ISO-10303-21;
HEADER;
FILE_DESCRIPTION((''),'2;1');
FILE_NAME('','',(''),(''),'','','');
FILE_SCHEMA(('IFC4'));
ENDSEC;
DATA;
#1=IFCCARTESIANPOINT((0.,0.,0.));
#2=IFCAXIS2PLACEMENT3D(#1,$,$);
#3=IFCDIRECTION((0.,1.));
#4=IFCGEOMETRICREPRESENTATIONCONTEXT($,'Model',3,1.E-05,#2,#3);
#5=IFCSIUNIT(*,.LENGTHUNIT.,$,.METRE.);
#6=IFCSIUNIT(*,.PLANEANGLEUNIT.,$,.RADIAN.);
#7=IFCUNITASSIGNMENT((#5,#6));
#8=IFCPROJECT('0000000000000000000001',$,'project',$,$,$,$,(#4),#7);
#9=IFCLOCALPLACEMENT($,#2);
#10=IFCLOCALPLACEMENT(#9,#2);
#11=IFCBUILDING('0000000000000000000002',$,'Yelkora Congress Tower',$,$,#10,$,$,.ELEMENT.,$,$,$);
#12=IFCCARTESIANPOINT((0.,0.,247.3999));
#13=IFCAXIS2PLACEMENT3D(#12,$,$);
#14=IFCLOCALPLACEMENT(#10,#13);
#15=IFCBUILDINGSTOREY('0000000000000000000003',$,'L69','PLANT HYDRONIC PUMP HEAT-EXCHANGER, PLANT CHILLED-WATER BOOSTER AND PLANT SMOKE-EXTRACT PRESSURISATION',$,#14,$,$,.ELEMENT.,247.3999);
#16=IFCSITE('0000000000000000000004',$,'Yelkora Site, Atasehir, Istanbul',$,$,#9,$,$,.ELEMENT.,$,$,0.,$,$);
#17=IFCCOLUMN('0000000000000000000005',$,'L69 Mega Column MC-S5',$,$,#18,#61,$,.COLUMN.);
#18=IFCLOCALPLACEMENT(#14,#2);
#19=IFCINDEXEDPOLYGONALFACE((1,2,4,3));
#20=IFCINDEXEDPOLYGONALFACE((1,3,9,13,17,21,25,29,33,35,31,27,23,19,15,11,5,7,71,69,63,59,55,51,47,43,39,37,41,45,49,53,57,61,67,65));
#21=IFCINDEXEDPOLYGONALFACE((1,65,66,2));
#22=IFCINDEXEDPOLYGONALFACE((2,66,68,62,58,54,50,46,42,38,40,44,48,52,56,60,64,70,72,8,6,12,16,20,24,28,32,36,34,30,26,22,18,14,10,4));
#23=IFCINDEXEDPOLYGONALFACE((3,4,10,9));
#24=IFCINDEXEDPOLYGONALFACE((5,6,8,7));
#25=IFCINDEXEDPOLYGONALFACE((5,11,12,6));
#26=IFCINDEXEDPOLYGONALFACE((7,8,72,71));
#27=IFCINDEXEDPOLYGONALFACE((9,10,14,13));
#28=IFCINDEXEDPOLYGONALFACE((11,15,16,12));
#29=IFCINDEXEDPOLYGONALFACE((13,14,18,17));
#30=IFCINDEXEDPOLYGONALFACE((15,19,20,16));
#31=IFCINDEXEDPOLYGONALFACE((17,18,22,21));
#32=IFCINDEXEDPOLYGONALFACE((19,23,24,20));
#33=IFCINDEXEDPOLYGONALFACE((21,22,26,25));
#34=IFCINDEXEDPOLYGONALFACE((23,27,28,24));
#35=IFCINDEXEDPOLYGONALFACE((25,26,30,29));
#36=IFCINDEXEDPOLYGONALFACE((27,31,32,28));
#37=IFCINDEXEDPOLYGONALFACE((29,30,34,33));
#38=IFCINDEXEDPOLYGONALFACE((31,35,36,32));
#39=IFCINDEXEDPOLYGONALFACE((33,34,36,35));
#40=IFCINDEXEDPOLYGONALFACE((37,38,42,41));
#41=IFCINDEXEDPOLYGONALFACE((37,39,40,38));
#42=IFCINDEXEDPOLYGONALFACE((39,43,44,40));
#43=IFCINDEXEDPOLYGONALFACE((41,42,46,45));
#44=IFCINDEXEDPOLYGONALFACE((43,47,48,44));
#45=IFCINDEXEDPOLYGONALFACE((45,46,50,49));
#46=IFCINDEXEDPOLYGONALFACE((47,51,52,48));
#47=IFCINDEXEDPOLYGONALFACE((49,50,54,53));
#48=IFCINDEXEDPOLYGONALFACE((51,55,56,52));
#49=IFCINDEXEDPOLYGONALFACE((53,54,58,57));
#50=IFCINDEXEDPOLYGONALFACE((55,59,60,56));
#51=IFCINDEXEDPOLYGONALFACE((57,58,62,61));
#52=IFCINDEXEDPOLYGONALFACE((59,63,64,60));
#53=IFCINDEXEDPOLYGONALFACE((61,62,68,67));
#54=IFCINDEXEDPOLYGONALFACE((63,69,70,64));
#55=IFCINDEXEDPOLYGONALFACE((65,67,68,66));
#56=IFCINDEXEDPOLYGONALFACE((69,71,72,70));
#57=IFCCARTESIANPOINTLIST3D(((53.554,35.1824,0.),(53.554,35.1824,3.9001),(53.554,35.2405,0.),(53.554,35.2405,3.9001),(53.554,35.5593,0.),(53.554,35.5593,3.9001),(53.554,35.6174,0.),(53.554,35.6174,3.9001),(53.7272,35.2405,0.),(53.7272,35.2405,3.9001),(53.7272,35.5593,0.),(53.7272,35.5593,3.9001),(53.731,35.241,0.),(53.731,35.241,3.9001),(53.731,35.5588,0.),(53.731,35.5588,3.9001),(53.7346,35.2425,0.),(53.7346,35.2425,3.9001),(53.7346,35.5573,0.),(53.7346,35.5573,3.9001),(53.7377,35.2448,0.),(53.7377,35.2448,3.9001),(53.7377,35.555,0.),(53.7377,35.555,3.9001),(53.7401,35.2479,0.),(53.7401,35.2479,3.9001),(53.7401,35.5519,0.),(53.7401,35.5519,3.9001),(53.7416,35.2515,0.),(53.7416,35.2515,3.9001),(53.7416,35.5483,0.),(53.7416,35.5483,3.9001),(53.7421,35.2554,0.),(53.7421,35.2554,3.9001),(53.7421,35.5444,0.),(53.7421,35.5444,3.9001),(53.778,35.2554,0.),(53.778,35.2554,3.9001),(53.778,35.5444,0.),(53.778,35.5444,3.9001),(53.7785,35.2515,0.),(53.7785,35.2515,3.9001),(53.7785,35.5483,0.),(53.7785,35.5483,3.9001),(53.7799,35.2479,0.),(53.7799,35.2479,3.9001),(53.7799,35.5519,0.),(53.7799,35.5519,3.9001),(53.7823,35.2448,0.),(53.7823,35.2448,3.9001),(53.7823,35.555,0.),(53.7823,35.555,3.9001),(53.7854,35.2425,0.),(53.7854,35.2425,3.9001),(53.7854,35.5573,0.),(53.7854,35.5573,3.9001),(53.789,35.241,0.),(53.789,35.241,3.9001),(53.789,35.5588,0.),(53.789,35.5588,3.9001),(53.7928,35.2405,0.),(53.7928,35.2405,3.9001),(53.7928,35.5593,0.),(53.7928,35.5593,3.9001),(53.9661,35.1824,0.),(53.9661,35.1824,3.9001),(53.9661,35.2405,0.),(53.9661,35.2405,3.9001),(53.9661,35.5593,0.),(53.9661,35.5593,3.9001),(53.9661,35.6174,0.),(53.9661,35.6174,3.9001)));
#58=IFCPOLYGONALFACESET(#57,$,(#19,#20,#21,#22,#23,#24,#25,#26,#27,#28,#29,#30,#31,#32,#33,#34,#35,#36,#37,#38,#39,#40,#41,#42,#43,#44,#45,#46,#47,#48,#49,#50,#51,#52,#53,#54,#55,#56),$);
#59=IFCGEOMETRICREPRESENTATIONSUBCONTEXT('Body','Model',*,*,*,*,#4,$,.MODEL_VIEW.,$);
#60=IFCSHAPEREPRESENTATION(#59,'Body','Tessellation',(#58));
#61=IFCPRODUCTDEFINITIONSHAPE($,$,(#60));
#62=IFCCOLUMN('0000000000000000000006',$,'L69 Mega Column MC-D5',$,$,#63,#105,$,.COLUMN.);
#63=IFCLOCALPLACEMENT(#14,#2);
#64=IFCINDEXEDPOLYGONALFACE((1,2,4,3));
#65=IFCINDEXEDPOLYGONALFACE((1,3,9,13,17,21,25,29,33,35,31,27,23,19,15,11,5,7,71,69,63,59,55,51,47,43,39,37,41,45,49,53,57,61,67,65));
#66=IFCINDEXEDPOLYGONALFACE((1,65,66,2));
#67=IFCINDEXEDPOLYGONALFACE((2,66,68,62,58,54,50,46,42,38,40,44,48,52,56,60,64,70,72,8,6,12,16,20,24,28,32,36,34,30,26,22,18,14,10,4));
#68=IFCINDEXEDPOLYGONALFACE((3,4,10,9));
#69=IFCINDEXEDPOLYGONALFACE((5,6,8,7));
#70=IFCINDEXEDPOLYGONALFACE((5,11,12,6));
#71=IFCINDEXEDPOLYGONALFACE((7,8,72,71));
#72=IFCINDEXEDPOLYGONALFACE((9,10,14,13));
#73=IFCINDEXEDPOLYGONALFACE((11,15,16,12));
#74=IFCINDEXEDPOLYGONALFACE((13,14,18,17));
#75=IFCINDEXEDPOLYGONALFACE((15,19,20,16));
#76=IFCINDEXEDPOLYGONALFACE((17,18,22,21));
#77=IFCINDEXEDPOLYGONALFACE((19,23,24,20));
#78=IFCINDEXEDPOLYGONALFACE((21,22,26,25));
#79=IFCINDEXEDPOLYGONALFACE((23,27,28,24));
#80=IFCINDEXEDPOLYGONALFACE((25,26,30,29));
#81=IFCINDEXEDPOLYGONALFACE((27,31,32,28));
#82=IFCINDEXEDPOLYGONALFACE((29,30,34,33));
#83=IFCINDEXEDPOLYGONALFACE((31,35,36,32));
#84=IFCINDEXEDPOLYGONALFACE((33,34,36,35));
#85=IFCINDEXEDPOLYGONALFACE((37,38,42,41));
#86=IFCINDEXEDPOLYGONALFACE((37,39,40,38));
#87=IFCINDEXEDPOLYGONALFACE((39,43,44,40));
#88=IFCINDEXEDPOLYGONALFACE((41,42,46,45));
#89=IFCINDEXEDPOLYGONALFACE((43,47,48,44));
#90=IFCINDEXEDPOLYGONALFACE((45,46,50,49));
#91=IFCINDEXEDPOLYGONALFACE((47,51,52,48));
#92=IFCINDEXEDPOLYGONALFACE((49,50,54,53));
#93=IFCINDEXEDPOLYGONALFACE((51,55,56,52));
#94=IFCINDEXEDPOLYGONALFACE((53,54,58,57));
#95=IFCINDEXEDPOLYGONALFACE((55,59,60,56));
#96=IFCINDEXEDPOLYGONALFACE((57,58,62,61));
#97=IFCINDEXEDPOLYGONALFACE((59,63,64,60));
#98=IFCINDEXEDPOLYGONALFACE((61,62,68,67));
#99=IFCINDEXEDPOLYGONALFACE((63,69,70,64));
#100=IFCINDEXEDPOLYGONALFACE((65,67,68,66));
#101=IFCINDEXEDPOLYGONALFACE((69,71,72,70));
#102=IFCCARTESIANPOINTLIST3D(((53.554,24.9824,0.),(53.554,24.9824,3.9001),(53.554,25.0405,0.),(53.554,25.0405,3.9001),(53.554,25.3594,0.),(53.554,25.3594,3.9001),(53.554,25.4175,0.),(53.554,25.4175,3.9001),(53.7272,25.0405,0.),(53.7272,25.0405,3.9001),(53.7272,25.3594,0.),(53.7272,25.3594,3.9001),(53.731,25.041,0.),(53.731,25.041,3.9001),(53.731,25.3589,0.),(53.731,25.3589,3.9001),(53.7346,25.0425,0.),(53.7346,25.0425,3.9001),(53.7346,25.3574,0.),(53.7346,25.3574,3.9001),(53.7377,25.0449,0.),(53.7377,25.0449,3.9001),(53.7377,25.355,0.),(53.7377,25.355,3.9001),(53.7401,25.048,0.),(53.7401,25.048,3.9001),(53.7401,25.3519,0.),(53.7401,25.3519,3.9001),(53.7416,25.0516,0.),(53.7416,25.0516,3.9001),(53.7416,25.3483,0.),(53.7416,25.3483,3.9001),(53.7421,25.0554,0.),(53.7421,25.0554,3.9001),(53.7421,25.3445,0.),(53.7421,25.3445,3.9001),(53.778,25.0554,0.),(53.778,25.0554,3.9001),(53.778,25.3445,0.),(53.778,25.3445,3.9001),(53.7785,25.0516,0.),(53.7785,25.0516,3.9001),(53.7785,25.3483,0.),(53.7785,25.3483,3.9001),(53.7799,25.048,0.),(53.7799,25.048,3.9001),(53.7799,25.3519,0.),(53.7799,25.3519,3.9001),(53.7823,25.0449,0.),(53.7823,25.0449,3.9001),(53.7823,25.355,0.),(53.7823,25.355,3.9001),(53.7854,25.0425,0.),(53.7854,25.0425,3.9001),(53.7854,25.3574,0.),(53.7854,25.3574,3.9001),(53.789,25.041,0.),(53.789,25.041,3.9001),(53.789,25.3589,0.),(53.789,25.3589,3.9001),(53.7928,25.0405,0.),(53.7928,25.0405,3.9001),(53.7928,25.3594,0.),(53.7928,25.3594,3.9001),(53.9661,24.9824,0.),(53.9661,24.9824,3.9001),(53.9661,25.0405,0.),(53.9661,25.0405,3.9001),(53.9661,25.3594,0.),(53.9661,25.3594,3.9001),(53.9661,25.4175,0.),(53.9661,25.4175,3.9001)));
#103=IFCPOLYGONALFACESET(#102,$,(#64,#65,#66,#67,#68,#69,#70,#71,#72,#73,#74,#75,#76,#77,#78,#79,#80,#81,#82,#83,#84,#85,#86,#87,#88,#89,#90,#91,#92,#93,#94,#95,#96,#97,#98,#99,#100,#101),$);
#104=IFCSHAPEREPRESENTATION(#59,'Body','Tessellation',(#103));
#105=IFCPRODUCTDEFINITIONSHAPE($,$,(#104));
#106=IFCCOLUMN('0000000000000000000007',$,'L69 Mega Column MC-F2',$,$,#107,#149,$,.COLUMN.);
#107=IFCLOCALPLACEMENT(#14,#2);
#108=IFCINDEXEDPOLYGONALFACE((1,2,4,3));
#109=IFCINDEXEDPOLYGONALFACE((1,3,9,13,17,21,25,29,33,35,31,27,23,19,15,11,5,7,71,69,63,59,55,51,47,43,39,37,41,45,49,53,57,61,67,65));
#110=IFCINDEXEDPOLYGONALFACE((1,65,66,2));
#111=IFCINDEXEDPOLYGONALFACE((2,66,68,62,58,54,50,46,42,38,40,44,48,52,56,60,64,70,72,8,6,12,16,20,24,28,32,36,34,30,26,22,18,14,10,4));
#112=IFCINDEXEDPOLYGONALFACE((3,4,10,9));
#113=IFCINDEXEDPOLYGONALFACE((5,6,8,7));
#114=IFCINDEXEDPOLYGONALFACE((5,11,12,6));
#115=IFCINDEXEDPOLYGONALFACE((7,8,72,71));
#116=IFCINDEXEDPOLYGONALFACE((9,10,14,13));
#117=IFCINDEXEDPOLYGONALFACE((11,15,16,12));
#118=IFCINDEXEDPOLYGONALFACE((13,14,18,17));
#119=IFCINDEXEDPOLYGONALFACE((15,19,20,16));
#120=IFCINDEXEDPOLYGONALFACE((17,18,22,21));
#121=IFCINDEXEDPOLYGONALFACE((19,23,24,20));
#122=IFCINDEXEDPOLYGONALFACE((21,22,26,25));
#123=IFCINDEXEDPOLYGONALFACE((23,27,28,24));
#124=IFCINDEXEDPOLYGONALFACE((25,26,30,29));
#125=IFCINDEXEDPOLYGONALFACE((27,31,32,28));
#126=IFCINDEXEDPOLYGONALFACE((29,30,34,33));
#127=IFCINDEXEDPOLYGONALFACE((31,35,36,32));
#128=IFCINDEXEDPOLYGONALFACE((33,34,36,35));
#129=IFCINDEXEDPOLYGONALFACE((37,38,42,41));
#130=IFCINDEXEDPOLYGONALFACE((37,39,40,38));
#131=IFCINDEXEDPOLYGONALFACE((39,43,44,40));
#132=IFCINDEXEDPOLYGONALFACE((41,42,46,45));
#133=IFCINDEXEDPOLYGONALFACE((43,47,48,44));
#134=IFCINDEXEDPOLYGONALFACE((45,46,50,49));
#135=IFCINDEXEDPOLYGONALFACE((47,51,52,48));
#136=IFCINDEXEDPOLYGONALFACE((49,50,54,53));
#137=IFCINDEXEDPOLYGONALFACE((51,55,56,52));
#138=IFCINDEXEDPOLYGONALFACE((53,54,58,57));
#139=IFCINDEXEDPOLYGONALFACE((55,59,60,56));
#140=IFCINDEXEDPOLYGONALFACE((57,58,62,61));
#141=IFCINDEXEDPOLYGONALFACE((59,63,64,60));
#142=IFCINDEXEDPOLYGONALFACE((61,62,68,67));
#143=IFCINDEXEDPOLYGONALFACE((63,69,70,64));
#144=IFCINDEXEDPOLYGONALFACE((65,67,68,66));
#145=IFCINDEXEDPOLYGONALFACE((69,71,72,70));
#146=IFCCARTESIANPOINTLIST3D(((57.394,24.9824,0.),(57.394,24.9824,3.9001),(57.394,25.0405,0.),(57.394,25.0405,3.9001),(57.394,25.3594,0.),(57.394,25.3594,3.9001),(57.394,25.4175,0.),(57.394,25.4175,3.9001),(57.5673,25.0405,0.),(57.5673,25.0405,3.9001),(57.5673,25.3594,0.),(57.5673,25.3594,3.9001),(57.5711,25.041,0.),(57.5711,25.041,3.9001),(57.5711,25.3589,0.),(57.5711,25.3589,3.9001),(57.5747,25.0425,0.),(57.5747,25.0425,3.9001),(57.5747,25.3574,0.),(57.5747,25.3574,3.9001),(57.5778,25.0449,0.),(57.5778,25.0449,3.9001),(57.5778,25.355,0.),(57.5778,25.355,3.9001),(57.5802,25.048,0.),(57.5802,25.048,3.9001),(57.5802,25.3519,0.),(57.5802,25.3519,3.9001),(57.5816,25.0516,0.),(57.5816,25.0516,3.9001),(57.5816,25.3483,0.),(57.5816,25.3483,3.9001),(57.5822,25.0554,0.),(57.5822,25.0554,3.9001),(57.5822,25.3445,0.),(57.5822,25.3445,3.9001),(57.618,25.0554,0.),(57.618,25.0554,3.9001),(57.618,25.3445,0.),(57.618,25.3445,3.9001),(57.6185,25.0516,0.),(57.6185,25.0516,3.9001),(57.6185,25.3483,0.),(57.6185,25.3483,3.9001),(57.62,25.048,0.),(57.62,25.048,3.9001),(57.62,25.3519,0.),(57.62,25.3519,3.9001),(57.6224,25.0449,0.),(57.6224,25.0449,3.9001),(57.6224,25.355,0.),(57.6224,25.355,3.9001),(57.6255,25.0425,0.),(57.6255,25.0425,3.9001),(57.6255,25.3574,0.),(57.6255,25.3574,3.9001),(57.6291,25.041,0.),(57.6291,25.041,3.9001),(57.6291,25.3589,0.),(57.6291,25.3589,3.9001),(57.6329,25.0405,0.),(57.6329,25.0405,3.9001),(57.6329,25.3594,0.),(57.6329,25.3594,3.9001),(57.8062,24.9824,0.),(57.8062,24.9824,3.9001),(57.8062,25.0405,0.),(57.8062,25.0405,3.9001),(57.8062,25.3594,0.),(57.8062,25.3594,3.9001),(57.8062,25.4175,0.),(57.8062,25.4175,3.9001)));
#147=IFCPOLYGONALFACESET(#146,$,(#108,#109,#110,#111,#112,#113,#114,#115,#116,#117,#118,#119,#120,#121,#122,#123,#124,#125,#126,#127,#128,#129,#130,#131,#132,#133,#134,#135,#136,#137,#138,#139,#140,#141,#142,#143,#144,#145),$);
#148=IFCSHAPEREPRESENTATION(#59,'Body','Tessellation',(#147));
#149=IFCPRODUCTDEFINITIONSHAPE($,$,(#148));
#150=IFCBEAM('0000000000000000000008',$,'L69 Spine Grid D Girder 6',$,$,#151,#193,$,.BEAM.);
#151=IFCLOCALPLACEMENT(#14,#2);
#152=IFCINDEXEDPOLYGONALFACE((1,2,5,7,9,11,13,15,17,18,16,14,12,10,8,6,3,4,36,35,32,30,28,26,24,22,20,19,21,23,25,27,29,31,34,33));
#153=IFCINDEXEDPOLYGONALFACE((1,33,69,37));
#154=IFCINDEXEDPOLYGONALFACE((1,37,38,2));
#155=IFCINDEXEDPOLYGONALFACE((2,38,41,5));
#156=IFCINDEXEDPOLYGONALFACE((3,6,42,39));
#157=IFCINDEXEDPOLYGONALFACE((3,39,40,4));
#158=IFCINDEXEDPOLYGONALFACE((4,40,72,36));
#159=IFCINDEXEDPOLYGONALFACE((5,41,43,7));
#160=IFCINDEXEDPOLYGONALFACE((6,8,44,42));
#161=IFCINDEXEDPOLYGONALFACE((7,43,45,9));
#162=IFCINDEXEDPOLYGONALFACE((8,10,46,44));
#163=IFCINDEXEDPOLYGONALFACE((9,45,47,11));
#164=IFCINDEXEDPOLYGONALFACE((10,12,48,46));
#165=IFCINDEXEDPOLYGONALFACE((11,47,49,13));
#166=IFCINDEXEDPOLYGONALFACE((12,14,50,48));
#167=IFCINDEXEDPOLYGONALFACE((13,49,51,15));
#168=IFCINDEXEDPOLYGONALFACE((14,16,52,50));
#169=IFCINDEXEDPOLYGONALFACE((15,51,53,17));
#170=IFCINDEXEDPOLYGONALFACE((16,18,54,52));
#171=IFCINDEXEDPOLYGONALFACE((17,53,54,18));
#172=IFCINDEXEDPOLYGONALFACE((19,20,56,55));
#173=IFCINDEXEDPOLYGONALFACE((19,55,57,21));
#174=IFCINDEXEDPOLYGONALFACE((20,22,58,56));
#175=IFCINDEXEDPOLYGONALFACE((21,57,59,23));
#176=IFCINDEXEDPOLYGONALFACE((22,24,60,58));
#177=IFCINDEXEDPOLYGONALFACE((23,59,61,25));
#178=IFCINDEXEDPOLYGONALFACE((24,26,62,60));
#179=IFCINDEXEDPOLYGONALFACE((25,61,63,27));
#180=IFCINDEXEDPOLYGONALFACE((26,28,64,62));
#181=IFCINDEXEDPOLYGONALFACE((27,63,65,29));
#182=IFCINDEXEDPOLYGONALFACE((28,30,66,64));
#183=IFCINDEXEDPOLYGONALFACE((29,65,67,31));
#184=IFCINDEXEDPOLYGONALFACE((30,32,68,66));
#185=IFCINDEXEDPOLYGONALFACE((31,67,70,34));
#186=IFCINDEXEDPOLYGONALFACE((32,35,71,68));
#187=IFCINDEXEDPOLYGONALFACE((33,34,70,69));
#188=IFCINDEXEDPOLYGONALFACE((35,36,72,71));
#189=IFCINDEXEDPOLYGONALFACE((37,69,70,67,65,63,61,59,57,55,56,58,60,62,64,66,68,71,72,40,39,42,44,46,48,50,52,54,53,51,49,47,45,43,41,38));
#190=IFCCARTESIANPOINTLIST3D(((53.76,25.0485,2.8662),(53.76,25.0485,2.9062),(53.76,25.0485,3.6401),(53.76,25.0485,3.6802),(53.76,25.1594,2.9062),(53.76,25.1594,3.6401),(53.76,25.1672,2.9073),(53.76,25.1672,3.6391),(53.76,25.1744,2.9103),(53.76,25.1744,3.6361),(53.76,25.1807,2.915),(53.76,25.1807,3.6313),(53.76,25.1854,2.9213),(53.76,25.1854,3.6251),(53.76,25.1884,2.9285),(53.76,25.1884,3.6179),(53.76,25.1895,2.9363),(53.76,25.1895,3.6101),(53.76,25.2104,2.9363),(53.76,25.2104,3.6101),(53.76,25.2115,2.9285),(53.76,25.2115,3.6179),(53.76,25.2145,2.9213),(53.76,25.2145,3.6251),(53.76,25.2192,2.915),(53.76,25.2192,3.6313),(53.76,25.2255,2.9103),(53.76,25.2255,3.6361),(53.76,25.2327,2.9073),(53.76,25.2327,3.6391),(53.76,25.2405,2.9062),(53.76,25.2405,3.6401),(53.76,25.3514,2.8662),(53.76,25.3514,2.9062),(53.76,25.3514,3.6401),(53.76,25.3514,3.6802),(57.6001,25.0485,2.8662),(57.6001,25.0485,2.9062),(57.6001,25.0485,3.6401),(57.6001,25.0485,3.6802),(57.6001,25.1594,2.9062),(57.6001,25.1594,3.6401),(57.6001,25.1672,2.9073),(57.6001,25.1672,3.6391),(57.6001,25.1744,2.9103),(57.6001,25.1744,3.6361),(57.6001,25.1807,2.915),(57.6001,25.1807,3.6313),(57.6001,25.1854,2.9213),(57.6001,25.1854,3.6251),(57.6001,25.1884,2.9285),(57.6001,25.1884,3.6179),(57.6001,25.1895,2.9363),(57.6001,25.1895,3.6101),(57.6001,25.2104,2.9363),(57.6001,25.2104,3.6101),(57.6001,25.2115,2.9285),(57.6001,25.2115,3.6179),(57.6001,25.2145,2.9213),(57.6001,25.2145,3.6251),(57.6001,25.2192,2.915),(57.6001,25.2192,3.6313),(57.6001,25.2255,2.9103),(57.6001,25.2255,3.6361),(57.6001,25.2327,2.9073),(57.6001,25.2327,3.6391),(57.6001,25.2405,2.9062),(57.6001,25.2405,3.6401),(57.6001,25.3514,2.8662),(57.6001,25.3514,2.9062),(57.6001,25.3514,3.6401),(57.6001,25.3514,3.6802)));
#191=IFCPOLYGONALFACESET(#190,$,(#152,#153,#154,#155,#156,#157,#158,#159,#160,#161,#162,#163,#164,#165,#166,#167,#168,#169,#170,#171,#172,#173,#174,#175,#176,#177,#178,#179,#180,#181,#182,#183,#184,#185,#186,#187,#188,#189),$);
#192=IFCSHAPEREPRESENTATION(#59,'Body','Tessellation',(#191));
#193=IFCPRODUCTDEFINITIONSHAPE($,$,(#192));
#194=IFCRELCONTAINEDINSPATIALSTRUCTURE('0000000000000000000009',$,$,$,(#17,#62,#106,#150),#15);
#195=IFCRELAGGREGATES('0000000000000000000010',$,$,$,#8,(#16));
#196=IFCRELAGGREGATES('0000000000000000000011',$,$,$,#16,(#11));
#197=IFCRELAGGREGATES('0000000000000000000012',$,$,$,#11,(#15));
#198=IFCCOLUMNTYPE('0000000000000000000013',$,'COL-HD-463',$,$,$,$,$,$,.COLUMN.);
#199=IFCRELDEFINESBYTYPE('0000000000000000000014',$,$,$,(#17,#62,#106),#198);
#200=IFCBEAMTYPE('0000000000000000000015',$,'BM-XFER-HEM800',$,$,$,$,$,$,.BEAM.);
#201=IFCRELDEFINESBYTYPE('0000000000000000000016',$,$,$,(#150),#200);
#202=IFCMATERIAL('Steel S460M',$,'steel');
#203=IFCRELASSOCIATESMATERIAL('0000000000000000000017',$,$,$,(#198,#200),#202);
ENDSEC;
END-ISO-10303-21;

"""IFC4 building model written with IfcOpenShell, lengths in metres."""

from ifc_helpers import new_model, si_unit, direction, frame, origin, origin_2d, place, context, subcontext, project, spatial, i_section, extrude, material, material_profile, profile_set, type_object, element, save


model = new_model("IFC4")

# Units and contexts
model_context = context("Model", 3, precision=1e-05, world=origin(), true_north=direction((0.0, 1.0)))
body_context = subcontext(model_context, "Body", "Model", "MODEL_VIEW")
ifc_project = project(units=[si_unit("LENGTHUNIT", "METRE"), si_unit("PLANEANGLEUNIT", "RADIAN")], contexts=[model_context])

# Site, building, storey
site_placement = place(None, origin())
site = spatial("IfcSite", under=ifc_project, at=site_placement, Name="Yelkora Site, Atasehir, Istanbul", CompositionType="ELEMENT", RefElevation=0.0)
building_placement = place(site_placement, origin())
building = spatial("IfcBuilding", under=site, at=building_placement, Name="Yelkora Congress Tower", CompositionType="ELEMENT")
storey_placement = place(building_placement, frame((0.0, 0.0, 247.3999)))
storey = spatial("IfcBuildingStorey", under=building, at=storey_placement, Name="L69", Description="PLANT HYDRONIC PUMP HEAT-EXCHANGER, PLANT CHILLED-WATER BOOSTER AND PLANT SMOKE-EXTRACT PRESSURISATION", CompositionType="ELEMENT", Elevation=247.3999)

# Columns
ifc_material_1 = material(Name="Steel S460M", Category="steel")
ifc_material_profile_1 = material_profile(ifc_material_1, i_section(OverallWidth=0.4121, OverallDepth=0.4351, WebThickness=0.0359, FlangeThickness=0.0581, FilletRadius=0.0149, at=origin_2d()), Name="HD 400x463")
ifc_profile_set_1 = profile_set([ifc_material_profile_1], Name="Steel S460M")
column_type = type_object("IfcColumnType", Name="COL-HD-463", PredefinedType="COLUMN", material=ifc_profile_set_1)
for number, where, z_axis, x_axis, name in (
    (1, (53.76, 35.3999, 0.0), (0.0, 0.0, 1.0), (1.0, 0.0, 0.0), "L69 Mega Column MC-S5"),
    (2, (53.76, 25.2, 0.0), (0.0, 0.0, 1.0), (1.0, 0.0, 0.0), "L69 Mega Column MC-D5"),
    (3, (57.6001, 25.2, 0.0), (0.0, 0.0, 1.0), (1.0, 0.0, 0.0), "L69 Mega Column MC-F2"),
):
    element("IfcColumn", number, at=place(storey_placement, frame(where, z_axis=z_axis, x_axis=x_axis)), inside=storey, type_object=column_type, Name=name, PredefinedType="COLUMN", context=body_context, shape_type="SweptSolid", body=[
        extrude(i_section(OverallWidth=0.4121, OverallDepth=0.4351, WebThickness=0.0359, FlangeThickness=0.0581, FilletRadius=0.0149, at=origin_2d()), origin(), (0.0, 0.0, 1.0), 3.9001),
    ])

# Beam
ifc_material_profile_2 = material_profile(ifc_material_1, i_section(OverallWidth=0.303, OverallDepth=0.814, WebThickness=0.021, FlangeThickness=0.04, FilletRadius=0.03, at=origin_2d()), Name="HEM 800")
ifc_profile_set_2 = profile_set([ifc_material_profile_2], Name="Steel S460M")
beam_type = type_object("IfcBeamType", Name="BM-XFER-HEM800", PredefinedType="BEAM", material=ifc_profile_set_2)
beam_1_placement = place(storey_placement, frame((53.76, 25.2, 3.2732), z_axis=(1.0, 0.0, 0.0), x_axis=(0.0, 1.0, 0.0)))
element("IfcBeam", 4, at=beam_1_placement, inside=storey, type_object=beam_type, Name="L69 Spine Grid D Girder 6", PredefinedType="BEAM", context=body_context, shape_type="SweptSolid", body=[
    extrude(i_section(OverallWidth=0.303, OverallDepth=0.814, WebThickness=0.021, FlangeThickness=0.04, FilletRadius=0.03, at=origin_2d()), origin(), (0.0, 0.0, 1.0), 3.8401),
])

save(model, "model.ifc")
